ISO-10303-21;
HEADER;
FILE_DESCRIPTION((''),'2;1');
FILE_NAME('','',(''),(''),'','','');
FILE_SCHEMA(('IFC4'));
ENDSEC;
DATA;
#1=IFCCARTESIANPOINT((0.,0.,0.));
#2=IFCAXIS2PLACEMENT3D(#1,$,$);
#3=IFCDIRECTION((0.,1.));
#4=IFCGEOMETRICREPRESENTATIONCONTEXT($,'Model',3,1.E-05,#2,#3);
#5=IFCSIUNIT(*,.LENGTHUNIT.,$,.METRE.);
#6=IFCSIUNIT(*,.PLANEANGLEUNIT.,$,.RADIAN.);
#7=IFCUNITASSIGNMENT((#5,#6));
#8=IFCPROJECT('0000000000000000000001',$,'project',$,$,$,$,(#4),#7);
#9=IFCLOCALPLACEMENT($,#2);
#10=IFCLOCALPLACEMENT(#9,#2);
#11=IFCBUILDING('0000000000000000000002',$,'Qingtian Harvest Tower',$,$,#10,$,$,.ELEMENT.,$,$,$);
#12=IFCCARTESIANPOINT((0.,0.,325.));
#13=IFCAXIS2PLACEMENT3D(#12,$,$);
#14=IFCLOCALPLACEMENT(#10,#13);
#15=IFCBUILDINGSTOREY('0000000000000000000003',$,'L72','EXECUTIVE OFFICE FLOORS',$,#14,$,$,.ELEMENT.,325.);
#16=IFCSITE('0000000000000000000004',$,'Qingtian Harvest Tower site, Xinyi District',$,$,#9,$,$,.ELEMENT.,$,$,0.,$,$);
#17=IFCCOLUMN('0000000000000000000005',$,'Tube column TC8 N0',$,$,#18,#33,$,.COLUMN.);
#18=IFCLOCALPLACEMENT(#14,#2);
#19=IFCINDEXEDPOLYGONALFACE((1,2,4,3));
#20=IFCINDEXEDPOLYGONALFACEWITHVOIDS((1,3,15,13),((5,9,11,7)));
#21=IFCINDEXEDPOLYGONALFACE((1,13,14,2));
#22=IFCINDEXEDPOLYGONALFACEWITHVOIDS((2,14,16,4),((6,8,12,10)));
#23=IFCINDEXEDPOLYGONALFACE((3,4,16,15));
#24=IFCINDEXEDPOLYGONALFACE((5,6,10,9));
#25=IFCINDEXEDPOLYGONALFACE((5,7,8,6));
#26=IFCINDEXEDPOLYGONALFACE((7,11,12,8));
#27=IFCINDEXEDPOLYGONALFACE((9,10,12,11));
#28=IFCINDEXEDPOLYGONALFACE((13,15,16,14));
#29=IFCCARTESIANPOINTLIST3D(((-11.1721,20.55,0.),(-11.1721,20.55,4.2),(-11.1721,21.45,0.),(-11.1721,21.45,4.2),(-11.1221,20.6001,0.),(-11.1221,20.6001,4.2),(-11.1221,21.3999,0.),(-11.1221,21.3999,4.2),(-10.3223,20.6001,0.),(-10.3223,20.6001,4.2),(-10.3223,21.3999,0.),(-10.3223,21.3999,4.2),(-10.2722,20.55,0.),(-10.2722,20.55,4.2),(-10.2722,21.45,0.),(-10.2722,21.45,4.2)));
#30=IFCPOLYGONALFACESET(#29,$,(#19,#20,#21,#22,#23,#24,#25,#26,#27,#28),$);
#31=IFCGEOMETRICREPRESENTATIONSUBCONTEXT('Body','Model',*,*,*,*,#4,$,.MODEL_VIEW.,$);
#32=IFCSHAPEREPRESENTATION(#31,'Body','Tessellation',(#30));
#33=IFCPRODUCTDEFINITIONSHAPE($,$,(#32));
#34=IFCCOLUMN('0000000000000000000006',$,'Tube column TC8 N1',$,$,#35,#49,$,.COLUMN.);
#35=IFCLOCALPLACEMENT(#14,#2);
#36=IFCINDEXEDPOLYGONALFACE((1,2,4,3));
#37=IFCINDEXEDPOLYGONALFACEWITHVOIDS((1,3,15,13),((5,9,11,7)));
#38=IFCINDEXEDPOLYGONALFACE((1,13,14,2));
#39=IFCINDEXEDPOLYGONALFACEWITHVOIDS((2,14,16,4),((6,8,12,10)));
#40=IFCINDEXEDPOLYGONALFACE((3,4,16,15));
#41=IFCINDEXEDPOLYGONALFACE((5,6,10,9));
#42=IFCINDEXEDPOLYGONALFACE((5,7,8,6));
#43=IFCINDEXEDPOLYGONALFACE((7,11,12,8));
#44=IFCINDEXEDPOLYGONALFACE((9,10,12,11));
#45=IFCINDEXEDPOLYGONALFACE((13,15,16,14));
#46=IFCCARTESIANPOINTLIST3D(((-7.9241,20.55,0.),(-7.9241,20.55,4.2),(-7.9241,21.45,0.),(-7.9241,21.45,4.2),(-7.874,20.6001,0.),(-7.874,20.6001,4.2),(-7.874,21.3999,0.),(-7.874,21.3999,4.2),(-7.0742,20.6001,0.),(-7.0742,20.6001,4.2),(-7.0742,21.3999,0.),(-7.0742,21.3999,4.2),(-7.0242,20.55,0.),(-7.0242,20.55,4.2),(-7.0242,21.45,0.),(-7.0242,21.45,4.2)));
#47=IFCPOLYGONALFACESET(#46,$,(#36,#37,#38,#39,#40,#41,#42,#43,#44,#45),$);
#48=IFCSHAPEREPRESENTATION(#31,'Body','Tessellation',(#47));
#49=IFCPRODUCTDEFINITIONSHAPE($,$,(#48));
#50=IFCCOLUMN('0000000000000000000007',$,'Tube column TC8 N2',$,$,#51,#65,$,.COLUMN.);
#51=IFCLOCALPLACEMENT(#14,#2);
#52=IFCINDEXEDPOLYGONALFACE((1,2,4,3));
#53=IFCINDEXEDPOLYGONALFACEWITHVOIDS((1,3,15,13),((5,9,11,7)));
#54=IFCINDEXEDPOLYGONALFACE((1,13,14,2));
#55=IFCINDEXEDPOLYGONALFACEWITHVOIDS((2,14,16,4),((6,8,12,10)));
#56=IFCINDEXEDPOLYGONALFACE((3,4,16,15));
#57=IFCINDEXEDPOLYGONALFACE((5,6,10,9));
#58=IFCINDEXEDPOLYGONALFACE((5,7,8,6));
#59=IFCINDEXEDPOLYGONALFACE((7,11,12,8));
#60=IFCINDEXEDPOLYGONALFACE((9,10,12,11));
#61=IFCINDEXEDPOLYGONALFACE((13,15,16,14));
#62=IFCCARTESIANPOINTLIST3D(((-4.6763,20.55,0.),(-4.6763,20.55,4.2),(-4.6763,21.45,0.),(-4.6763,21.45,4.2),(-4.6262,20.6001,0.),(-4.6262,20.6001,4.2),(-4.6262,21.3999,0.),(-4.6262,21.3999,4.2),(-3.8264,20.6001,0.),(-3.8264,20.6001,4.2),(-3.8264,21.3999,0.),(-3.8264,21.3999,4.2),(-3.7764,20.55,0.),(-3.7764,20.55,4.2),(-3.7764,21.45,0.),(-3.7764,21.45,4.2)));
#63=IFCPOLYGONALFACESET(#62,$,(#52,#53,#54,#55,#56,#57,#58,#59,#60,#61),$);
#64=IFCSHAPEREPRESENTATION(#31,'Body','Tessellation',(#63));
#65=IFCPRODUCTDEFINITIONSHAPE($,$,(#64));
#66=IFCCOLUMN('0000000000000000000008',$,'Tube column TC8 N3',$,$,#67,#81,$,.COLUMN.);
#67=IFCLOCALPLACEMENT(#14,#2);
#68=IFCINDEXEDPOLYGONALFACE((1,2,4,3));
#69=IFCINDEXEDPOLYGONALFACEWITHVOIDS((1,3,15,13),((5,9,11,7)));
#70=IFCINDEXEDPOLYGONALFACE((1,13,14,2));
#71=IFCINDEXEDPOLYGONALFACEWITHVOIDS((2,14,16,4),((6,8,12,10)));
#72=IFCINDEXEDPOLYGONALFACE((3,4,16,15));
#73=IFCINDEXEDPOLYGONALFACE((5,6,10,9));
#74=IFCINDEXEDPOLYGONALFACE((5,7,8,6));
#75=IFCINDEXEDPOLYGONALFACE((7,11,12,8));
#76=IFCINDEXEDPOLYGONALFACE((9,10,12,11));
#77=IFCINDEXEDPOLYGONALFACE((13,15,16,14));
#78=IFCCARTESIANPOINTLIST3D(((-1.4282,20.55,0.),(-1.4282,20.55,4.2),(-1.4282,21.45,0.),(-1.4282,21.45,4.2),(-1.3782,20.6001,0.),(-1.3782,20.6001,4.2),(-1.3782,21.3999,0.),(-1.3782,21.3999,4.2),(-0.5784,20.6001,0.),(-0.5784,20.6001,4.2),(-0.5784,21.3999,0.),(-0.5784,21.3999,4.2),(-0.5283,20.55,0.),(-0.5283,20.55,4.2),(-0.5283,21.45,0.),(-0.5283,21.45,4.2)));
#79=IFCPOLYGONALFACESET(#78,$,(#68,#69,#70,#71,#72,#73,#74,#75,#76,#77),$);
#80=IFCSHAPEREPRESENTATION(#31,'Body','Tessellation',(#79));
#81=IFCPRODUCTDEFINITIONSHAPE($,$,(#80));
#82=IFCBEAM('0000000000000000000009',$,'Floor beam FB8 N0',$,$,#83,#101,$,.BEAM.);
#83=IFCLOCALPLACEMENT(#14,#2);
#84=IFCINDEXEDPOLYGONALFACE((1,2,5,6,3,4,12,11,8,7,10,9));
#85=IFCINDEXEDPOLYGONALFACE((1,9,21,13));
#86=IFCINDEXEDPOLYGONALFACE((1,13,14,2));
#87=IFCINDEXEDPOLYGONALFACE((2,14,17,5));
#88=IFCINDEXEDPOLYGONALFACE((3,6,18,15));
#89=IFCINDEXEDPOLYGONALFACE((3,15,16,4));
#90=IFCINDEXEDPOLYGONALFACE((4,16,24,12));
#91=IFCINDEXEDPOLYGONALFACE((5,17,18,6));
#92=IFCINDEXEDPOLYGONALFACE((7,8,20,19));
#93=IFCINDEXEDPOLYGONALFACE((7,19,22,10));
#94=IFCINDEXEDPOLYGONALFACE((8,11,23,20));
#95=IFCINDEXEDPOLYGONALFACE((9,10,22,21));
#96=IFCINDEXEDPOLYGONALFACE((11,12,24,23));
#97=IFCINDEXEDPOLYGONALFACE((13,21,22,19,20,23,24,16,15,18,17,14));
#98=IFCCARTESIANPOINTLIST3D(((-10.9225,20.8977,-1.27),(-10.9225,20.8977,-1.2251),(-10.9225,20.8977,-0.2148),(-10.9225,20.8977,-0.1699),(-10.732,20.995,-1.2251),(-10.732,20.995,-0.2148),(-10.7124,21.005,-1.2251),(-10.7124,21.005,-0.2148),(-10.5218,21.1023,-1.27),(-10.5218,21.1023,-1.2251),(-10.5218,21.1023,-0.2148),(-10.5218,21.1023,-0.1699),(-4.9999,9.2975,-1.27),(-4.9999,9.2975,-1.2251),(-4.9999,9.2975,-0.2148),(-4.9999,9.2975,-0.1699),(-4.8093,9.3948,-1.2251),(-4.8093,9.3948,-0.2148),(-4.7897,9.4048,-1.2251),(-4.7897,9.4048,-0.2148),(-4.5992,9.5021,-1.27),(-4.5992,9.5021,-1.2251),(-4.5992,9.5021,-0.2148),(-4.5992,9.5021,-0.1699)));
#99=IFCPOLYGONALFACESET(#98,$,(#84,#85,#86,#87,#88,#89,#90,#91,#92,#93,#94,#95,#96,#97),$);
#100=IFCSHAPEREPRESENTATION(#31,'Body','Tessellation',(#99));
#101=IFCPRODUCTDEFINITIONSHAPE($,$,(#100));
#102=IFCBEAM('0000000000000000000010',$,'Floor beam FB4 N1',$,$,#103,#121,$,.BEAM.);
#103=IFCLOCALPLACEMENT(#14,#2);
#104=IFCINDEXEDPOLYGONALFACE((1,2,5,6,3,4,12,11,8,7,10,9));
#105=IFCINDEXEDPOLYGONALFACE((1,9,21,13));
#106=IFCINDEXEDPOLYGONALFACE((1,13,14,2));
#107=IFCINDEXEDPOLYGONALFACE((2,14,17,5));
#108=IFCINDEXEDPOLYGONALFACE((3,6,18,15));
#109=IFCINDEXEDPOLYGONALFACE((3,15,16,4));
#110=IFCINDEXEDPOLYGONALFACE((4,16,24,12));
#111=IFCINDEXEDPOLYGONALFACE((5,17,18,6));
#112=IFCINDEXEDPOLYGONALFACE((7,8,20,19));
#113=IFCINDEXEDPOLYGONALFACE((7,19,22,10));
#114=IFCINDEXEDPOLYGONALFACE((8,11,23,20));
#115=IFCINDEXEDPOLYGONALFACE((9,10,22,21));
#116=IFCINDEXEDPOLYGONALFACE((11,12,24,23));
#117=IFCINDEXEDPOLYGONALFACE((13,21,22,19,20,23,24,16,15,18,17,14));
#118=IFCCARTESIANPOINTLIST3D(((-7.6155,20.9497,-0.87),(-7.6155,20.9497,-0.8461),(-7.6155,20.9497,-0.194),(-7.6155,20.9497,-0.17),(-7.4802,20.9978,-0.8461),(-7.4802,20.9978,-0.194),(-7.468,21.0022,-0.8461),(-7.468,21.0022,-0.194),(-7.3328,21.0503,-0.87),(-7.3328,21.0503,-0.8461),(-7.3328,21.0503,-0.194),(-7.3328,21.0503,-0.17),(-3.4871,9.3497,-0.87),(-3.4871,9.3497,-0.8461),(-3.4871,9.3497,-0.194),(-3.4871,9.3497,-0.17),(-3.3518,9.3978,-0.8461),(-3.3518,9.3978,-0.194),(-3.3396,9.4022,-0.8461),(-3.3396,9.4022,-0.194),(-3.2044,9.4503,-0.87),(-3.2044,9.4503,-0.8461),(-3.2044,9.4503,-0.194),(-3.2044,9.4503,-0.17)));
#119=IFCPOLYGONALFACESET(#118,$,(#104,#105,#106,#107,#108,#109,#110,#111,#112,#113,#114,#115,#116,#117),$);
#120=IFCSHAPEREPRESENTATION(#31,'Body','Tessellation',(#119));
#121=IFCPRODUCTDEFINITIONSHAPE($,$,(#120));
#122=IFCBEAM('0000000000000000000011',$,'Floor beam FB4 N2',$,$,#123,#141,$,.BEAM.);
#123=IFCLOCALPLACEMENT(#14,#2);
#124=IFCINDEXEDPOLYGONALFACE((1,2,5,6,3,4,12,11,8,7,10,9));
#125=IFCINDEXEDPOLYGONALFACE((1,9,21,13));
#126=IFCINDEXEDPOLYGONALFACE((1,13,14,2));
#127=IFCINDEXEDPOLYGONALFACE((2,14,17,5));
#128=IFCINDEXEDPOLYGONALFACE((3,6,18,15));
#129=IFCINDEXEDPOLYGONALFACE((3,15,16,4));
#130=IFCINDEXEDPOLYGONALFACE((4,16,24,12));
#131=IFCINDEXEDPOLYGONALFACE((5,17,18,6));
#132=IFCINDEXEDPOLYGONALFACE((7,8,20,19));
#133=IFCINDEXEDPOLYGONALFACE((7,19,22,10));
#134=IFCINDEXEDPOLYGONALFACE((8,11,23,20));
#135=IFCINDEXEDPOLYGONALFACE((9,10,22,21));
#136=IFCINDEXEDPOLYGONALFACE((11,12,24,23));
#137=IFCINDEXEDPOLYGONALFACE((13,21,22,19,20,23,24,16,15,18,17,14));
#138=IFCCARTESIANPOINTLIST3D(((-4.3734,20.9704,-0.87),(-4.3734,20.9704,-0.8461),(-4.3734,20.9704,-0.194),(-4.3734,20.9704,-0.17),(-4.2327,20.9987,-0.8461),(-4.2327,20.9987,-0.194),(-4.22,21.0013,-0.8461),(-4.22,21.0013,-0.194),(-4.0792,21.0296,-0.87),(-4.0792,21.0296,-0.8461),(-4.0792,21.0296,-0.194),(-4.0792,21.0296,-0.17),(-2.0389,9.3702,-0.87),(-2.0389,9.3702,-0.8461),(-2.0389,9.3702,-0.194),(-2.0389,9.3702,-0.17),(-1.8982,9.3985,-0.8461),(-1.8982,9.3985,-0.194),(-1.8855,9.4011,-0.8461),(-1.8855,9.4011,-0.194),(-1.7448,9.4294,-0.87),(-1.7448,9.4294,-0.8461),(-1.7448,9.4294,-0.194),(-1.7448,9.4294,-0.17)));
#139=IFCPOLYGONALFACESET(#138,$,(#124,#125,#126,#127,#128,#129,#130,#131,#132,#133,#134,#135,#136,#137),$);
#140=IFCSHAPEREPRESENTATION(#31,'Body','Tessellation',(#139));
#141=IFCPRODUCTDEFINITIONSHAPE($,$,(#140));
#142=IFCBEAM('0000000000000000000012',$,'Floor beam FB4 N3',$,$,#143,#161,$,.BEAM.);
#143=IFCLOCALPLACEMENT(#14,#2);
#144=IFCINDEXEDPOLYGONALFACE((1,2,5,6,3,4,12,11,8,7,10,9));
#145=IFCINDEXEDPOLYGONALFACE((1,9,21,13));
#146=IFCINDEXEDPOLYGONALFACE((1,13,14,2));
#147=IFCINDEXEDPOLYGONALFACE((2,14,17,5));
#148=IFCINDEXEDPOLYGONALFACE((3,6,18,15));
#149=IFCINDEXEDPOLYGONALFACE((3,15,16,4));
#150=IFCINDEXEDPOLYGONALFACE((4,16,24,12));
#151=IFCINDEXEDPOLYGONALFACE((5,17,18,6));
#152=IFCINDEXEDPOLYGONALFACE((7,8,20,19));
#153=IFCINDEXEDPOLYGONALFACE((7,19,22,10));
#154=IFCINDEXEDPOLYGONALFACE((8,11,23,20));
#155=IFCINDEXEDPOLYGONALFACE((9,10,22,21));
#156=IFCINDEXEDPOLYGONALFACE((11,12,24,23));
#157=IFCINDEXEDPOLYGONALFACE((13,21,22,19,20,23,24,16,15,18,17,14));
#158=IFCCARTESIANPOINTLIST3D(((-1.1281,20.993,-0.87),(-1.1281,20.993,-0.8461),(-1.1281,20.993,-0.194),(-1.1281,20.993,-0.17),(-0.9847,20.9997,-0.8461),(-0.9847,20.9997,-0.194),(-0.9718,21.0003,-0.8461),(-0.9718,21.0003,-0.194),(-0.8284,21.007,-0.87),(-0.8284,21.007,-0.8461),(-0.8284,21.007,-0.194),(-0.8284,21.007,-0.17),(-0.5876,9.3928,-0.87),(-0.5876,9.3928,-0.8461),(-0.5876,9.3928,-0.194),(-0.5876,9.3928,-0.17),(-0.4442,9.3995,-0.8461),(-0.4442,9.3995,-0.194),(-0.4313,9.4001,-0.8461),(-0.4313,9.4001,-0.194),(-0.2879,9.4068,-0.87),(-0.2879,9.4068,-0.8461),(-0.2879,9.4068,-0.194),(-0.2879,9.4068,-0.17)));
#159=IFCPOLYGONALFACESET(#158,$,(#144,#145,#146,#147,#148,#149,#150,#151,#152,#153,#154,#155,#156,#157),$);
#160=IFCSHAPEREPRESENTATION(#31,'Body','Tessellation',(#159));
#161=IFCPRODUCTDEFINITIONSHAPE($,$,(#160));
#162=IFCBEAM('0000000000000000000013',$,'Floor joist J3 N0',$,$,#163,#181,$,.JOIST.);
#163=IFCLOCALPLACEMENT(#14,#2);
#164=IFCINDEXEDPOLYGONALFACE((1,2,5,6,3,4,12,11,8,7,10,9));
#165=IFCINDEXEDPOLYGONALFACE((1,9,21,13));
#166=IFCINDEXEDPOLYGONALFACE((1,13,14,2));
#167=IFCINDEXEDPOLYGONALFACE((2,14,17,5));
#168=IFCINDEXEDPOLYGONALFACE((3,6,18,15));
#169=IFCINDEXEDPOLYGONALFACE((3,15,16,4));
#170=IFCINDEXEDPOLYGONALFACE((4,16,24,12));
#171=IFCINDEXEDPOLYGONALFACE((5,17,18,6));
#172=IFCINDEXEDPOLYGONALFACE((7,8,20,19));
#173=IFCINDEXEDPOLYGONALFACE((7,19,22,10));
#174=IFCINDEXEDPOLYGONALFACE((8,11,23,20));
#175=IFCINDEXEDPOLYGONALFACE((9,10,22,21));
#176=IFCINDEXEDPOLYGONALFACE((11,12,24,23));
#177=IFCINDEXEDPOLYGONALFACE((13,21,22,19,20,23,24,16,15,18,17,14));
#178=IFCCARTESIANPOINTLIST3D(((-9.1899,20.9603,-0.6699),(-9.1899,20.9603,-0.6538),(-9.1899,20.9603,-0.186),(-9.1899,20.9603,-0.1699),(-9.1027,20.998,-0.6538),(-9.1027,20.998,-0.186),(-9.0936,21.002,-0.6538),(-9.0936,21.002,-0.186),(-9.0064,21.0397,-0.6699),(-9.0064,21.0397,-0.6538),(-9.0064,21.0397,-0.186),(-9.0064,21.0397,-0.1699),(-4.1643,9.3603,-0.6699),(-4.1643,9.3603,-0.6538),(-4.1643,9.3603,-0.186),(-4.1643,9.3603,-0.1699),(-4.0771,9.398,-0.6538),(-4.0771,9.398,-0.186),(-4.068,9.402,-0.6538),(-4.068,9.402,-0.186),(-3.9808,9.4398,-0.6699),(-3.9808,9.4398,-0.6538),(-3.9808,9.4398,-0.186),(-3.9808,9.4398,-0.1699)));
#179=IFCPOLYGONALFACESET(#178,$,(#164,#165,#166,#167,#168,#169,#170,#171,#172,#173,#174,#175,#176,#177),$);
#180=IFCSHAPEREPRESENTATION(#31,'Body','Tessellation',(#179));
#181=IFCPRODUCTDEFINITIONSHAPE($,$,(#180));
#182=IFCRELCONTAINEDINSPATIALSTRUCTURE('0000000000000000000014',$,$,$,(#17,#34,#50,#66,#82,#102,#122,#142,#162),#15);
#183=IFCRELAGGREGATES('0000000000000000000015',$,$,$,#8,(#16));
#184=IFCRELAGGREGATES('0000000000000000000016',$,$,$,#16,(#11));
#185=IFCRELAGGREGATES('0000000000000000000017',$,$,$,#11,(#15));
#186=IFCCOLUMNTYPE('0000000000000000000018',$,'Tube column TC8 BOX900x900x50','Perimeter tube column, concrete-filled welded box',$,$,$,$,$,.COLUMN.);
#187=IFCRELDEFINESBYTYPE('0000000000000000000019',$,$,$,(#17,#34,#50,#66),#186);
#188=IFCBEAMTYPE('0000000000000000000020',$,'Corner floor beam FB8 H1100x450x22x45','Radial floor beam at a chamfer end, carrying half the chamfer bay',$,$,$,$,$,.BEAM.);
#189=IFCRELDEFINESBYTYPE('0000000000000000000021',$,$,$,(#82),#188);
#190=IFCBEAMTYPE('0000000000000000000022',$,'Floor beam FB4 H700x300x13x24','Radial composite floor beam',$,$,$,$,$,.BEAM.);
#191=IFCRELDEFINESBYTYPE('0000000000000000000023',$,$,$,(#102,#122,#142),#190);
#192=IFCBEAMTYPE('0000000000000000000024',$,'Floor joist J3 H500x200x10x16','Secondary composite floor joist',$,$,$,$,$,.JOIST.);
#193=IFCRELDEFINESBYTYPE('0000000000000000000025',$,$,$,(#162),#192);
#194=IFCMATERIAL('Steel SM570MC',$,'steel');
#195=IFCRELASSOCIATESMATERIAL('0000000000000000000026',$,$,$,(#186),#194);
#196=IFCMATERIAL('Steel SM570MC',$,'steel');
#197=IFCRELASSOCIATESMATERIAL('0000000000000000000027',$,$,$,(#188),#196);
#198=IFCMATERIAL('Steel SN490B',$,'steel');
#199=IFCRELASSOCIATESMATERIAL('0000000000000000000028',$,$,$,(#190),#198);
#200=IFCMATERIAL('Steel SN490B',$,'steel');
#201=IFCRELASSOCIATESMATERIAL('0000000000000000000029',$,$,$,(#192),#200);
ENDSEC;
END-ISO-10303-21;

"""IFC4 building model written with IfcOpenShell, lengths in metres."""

from ifc_helpers import new_model, si_unit, direction, frame, origin, origin_2d, place, context, subcontext, project, spatial, hollow_rectangle, i_section, extrude, material, material_profile, profile_set, type_object, element, save


model = new_model("IFC4")

# Units and contexts
model_context = context("Model", 3, precision=1e-05, world=origin(), true_north=direction((0.0, 1.0)))
body_context = subcontext(model_context, "Body", "Model", "MODEL_VIEW")
ifc_project = project(units=[si_unit("LENGTHUNIT", "METRE"), si_unit("PLANEANGLEUNIT", "RADIAN")], contexts=[model_context])

# Site, building, storey
site_placement = place(None, origin())
site = spatial("IfcSite", under=ifc_project, at=site_placement, Name="Qingtian Harvest Tower site, Xinyi District", CompositionType="ELEMENT", RefElevation=0.0)
building_placement = place(site_placement, origin())
building = spatial("IfcBuilding", under=site, at=building_placement, Name="Qingtian Harvest Tower", CompositionType="ELEMENT")
storey_placement = place(building_placement, frame((0.0, 0.0, 325.0)))
storey = spatial("IfcBuildingStorey", under=building, at=storey_placement, Name="L72", Description="EXECUTIVE OFFICE FLOORS", CompositionType="ELEMENT", Elevation=325.0)

# Columns
ifc_material_1 = material(Name="Steel SM570MC", Category="steel")
ifc_material_profile_1 = material_profile(ifc_material_1, hollow_rectangle(XDim=0.8999, YDim=0.8999, WallThickness=0.05, at=origin_2d()), Name="BOX900x900x50")
ifc_profile_set_1 = profile_set([ifc_material_profile_1], Name="Steel SM570MC")
column_type = type_object("IfcColumnType", Name="Tube column TC8 BOX900x900x50", Description="Perimeter tube column, concrete-filled welded box", PredefinedType="COLUMN", material=ifc_profile_set_1)
for number, where, z_axis, x_axis, name in (
    (1, (-10.7222, 21.0, 0.0), (0.0, 0.0, 1.0), (-1.0, 0.0, 0.0), "Tube column TC8 N0"),
    (2, (-7.4741, 21.0, 0.0), (0.0, 0.0, 1.0), (-1.0, 0.0, 0.0), "Tube column TC8 N1"),
    (3, (-4.2263, 21.0, 0.0), (0.0, 0.0, 1.0), (-1.0, 0.0, 0.0), "Tube column TC8 N2"),
    (4, (-0.9783, 21.0, 0.0), (0.0, 0.0, 1.0), (-1.0, 0.0, 0.0), "Tube column TC8 N3"),
):
    element("IfcColumn", number, at=place(storey_placement, frame(where, z_axis=z_axis, x_axis=x_axis)), inside=storey, type_object=column_type, Name=name, PredefinedType="COLUMN", context=body_context, shape_type="SweptSolid", body=[
        extrude(hollow_rectangle(XDim=0.8999, YDim=0.8999, WallThickness=0.05, at=origin_2d()), origin(), (0.0, 0.0, 1.0), 4.2),
    ])

# Beams
ifc_material_2 = material(Name="Steel SM570MC", Category="steel")
ifc_material_profile_2 = material_profile(ifc_material_2, i_section(OverallWidth=0.45, OverallDepth=1.1001, WebThickness=0.022, FlangeThickness=0.0449, at=origin_2d()), Name="H1100x450x22x45")
ifc_profile_set_2 = profile_set([ifc_material_profile_2], Name="Steel SM570MC")
beam_type_1 = type_object("IfcBeamType", Name="Corner floor beam FB8 H1100x450x22x45", Description="Radial floor beam at a chamfer end, carrying half the chamfer bay", PredefinedType="BEAM", material=ifc_profile_set_2)
beam_1_placement = place(storey_placement, frame((-10.7222, 21.0, -0.72), z_axis=(0.454726, -0.890632, 0.0), x_axis=(0.890632, 0.454726, 0.0)))
element("IfcBeam", 5, at=beam_1_placement, inside=storey, type_object=beam_type_1, Name="Floor beam FB8 N0", PredefinedType="BEAM", context=body_context, shape_type="SweptSolid", body=[
    extrude(i_section(OverallWidth=0.45, OverallDepth=1.1001, WebThickness=0.022, FlangeThickness=0.0449, at=origin_2d()), origin(), (0.0, 0.0, 1.0), 13.0247),
])
ifc_material_3 = material(Name="Steel SN490B", Category="steel")
ifc_material_profile_3 = material_profile(ifc_material_3, i_section(OverallWidth=0.3, OverallDepth=0.7, WebThickness=0.0129, FlangeThickness=0.0239, at=origin_2d()), Name="H700x300x13x24")
ifc_profile_set_3 = profile_set([ifc_material_profile_3], Name="Steel SN490B")
beam_type_2 = type_object("IfcBeamType", Name="Floor beam FB4 H700x300x13x24", Description="Radial composite floor beam", PredefinedType="BEAM", material=ifc_profile_set_3)
beam_2_placement = place(storey_placement, frame((-7.4741, 21.0, -0.52), z_axis=(0.335294, -0.942114, 0.0), x_axis=(0.942114, 0.335294, 0.0)))
element("IfcBeam", 6, at=beam_2_placement, inside=storey, type_object=beam_type_2, Name="Floor beam FB4 N1", PredefinedType="BEAM", context=body_context, shape_type="SweptSolid", body=[
    extrude(i_section(OverallWidth=0.3, OverallDepth=0.7, WebThickness=0.0129, FlangeThickness=0.0239, at=origin_2d()), origin(), (0.0, 0.0, 1.0), 12.3127),
])
beam_3_placement = place(storey_placement, frame((-4.2263, 21.0, -0.52), z_axis=(0.19729, -0.980345, 0.0), x_axis=(0.980345, 0.19729, 0.0)))
element("IfcBeam", 7, at=beam_3_placement, inside=storey, type_object=beam_type_2, Name="Floor beam FB4 N2", PredefinedType="BEAM", context=body_context, shape_type="SweptSolid", body=[
    extrude(i_section(OverallWidth=0.3, OverallDepth=0.7, WebThickness=0.0129, FlangeThickness=0.0239, at=origin_2d()), origin(), (0.0, 0.0, 1.0), 11.8328),
])
beam_4_placement = place(storey_placement, frame((-0.9783, 21.0, -0.52), z_axis=(0.046546, -0.998916, 0.0), x_axis=(0.998916, 0.046546, 0.0)))
element("IfcBeam", 8, at=beam_4_placement, inside=storey, type_object=beam_type_2, Name="Floor beam FB4 N3", PredefinedType="BEAM", context=body_context, shape_type="SweptSolid", body=[
    extrude(i_section(OverallWidth=0.3, OverallDepth=0.7, WebThickness=0.0129, FlangeThickness=0.0239, at=origin_2d()), origin(), (0.0, 0.0, 1.0), 11.6128),
])
ifc_material_4 = material(Name="Steel SN490B", Category="steel")
ifc_material_profile_4 = material_profile(ifc_material_4, i_section(OverallWidth=0.2, OverallDepth=0.5, WebThickness=0.01, FlangeThickness=0.0161, at=origin_2d()), Name="H500x200x10x16")
ifc_profile_set_4 = profile_set([ifc_material_profile_4], Name="Steel SN490B")
beam_type_3 = type_object("IfcBeamType", Name="Floor joist J3 H500x200x10x16", Description="Secondary composite floor joist", PredefinedType="JOIST", material=ifc_profile_set_4)
beam_5_placement = place(storey_placement, frame((-9.0981, 21.0, -0.4199), z_axis=(0.397536, -0.917587, 0.0), x_axis=(0.917587, 0.397536, 0.0)))
element("IfcBeam", 9, at=beam_5_placement, inside=storey, type_object=beam_type_3, Name="Floor joist J3 N0", PredefinedType="JOIST", context=body_context, shape_type="SweptSolid", body=[
    extrude(i_section(OverallWidth=0.2, OverallDepth=0.5, WebThickness=0.01, FlangeThickness=0.0161, at=origin_2d()), origin(), (0.0, 0.0, 1.0), 12.6418),
])

save(model, "model.ifc")
